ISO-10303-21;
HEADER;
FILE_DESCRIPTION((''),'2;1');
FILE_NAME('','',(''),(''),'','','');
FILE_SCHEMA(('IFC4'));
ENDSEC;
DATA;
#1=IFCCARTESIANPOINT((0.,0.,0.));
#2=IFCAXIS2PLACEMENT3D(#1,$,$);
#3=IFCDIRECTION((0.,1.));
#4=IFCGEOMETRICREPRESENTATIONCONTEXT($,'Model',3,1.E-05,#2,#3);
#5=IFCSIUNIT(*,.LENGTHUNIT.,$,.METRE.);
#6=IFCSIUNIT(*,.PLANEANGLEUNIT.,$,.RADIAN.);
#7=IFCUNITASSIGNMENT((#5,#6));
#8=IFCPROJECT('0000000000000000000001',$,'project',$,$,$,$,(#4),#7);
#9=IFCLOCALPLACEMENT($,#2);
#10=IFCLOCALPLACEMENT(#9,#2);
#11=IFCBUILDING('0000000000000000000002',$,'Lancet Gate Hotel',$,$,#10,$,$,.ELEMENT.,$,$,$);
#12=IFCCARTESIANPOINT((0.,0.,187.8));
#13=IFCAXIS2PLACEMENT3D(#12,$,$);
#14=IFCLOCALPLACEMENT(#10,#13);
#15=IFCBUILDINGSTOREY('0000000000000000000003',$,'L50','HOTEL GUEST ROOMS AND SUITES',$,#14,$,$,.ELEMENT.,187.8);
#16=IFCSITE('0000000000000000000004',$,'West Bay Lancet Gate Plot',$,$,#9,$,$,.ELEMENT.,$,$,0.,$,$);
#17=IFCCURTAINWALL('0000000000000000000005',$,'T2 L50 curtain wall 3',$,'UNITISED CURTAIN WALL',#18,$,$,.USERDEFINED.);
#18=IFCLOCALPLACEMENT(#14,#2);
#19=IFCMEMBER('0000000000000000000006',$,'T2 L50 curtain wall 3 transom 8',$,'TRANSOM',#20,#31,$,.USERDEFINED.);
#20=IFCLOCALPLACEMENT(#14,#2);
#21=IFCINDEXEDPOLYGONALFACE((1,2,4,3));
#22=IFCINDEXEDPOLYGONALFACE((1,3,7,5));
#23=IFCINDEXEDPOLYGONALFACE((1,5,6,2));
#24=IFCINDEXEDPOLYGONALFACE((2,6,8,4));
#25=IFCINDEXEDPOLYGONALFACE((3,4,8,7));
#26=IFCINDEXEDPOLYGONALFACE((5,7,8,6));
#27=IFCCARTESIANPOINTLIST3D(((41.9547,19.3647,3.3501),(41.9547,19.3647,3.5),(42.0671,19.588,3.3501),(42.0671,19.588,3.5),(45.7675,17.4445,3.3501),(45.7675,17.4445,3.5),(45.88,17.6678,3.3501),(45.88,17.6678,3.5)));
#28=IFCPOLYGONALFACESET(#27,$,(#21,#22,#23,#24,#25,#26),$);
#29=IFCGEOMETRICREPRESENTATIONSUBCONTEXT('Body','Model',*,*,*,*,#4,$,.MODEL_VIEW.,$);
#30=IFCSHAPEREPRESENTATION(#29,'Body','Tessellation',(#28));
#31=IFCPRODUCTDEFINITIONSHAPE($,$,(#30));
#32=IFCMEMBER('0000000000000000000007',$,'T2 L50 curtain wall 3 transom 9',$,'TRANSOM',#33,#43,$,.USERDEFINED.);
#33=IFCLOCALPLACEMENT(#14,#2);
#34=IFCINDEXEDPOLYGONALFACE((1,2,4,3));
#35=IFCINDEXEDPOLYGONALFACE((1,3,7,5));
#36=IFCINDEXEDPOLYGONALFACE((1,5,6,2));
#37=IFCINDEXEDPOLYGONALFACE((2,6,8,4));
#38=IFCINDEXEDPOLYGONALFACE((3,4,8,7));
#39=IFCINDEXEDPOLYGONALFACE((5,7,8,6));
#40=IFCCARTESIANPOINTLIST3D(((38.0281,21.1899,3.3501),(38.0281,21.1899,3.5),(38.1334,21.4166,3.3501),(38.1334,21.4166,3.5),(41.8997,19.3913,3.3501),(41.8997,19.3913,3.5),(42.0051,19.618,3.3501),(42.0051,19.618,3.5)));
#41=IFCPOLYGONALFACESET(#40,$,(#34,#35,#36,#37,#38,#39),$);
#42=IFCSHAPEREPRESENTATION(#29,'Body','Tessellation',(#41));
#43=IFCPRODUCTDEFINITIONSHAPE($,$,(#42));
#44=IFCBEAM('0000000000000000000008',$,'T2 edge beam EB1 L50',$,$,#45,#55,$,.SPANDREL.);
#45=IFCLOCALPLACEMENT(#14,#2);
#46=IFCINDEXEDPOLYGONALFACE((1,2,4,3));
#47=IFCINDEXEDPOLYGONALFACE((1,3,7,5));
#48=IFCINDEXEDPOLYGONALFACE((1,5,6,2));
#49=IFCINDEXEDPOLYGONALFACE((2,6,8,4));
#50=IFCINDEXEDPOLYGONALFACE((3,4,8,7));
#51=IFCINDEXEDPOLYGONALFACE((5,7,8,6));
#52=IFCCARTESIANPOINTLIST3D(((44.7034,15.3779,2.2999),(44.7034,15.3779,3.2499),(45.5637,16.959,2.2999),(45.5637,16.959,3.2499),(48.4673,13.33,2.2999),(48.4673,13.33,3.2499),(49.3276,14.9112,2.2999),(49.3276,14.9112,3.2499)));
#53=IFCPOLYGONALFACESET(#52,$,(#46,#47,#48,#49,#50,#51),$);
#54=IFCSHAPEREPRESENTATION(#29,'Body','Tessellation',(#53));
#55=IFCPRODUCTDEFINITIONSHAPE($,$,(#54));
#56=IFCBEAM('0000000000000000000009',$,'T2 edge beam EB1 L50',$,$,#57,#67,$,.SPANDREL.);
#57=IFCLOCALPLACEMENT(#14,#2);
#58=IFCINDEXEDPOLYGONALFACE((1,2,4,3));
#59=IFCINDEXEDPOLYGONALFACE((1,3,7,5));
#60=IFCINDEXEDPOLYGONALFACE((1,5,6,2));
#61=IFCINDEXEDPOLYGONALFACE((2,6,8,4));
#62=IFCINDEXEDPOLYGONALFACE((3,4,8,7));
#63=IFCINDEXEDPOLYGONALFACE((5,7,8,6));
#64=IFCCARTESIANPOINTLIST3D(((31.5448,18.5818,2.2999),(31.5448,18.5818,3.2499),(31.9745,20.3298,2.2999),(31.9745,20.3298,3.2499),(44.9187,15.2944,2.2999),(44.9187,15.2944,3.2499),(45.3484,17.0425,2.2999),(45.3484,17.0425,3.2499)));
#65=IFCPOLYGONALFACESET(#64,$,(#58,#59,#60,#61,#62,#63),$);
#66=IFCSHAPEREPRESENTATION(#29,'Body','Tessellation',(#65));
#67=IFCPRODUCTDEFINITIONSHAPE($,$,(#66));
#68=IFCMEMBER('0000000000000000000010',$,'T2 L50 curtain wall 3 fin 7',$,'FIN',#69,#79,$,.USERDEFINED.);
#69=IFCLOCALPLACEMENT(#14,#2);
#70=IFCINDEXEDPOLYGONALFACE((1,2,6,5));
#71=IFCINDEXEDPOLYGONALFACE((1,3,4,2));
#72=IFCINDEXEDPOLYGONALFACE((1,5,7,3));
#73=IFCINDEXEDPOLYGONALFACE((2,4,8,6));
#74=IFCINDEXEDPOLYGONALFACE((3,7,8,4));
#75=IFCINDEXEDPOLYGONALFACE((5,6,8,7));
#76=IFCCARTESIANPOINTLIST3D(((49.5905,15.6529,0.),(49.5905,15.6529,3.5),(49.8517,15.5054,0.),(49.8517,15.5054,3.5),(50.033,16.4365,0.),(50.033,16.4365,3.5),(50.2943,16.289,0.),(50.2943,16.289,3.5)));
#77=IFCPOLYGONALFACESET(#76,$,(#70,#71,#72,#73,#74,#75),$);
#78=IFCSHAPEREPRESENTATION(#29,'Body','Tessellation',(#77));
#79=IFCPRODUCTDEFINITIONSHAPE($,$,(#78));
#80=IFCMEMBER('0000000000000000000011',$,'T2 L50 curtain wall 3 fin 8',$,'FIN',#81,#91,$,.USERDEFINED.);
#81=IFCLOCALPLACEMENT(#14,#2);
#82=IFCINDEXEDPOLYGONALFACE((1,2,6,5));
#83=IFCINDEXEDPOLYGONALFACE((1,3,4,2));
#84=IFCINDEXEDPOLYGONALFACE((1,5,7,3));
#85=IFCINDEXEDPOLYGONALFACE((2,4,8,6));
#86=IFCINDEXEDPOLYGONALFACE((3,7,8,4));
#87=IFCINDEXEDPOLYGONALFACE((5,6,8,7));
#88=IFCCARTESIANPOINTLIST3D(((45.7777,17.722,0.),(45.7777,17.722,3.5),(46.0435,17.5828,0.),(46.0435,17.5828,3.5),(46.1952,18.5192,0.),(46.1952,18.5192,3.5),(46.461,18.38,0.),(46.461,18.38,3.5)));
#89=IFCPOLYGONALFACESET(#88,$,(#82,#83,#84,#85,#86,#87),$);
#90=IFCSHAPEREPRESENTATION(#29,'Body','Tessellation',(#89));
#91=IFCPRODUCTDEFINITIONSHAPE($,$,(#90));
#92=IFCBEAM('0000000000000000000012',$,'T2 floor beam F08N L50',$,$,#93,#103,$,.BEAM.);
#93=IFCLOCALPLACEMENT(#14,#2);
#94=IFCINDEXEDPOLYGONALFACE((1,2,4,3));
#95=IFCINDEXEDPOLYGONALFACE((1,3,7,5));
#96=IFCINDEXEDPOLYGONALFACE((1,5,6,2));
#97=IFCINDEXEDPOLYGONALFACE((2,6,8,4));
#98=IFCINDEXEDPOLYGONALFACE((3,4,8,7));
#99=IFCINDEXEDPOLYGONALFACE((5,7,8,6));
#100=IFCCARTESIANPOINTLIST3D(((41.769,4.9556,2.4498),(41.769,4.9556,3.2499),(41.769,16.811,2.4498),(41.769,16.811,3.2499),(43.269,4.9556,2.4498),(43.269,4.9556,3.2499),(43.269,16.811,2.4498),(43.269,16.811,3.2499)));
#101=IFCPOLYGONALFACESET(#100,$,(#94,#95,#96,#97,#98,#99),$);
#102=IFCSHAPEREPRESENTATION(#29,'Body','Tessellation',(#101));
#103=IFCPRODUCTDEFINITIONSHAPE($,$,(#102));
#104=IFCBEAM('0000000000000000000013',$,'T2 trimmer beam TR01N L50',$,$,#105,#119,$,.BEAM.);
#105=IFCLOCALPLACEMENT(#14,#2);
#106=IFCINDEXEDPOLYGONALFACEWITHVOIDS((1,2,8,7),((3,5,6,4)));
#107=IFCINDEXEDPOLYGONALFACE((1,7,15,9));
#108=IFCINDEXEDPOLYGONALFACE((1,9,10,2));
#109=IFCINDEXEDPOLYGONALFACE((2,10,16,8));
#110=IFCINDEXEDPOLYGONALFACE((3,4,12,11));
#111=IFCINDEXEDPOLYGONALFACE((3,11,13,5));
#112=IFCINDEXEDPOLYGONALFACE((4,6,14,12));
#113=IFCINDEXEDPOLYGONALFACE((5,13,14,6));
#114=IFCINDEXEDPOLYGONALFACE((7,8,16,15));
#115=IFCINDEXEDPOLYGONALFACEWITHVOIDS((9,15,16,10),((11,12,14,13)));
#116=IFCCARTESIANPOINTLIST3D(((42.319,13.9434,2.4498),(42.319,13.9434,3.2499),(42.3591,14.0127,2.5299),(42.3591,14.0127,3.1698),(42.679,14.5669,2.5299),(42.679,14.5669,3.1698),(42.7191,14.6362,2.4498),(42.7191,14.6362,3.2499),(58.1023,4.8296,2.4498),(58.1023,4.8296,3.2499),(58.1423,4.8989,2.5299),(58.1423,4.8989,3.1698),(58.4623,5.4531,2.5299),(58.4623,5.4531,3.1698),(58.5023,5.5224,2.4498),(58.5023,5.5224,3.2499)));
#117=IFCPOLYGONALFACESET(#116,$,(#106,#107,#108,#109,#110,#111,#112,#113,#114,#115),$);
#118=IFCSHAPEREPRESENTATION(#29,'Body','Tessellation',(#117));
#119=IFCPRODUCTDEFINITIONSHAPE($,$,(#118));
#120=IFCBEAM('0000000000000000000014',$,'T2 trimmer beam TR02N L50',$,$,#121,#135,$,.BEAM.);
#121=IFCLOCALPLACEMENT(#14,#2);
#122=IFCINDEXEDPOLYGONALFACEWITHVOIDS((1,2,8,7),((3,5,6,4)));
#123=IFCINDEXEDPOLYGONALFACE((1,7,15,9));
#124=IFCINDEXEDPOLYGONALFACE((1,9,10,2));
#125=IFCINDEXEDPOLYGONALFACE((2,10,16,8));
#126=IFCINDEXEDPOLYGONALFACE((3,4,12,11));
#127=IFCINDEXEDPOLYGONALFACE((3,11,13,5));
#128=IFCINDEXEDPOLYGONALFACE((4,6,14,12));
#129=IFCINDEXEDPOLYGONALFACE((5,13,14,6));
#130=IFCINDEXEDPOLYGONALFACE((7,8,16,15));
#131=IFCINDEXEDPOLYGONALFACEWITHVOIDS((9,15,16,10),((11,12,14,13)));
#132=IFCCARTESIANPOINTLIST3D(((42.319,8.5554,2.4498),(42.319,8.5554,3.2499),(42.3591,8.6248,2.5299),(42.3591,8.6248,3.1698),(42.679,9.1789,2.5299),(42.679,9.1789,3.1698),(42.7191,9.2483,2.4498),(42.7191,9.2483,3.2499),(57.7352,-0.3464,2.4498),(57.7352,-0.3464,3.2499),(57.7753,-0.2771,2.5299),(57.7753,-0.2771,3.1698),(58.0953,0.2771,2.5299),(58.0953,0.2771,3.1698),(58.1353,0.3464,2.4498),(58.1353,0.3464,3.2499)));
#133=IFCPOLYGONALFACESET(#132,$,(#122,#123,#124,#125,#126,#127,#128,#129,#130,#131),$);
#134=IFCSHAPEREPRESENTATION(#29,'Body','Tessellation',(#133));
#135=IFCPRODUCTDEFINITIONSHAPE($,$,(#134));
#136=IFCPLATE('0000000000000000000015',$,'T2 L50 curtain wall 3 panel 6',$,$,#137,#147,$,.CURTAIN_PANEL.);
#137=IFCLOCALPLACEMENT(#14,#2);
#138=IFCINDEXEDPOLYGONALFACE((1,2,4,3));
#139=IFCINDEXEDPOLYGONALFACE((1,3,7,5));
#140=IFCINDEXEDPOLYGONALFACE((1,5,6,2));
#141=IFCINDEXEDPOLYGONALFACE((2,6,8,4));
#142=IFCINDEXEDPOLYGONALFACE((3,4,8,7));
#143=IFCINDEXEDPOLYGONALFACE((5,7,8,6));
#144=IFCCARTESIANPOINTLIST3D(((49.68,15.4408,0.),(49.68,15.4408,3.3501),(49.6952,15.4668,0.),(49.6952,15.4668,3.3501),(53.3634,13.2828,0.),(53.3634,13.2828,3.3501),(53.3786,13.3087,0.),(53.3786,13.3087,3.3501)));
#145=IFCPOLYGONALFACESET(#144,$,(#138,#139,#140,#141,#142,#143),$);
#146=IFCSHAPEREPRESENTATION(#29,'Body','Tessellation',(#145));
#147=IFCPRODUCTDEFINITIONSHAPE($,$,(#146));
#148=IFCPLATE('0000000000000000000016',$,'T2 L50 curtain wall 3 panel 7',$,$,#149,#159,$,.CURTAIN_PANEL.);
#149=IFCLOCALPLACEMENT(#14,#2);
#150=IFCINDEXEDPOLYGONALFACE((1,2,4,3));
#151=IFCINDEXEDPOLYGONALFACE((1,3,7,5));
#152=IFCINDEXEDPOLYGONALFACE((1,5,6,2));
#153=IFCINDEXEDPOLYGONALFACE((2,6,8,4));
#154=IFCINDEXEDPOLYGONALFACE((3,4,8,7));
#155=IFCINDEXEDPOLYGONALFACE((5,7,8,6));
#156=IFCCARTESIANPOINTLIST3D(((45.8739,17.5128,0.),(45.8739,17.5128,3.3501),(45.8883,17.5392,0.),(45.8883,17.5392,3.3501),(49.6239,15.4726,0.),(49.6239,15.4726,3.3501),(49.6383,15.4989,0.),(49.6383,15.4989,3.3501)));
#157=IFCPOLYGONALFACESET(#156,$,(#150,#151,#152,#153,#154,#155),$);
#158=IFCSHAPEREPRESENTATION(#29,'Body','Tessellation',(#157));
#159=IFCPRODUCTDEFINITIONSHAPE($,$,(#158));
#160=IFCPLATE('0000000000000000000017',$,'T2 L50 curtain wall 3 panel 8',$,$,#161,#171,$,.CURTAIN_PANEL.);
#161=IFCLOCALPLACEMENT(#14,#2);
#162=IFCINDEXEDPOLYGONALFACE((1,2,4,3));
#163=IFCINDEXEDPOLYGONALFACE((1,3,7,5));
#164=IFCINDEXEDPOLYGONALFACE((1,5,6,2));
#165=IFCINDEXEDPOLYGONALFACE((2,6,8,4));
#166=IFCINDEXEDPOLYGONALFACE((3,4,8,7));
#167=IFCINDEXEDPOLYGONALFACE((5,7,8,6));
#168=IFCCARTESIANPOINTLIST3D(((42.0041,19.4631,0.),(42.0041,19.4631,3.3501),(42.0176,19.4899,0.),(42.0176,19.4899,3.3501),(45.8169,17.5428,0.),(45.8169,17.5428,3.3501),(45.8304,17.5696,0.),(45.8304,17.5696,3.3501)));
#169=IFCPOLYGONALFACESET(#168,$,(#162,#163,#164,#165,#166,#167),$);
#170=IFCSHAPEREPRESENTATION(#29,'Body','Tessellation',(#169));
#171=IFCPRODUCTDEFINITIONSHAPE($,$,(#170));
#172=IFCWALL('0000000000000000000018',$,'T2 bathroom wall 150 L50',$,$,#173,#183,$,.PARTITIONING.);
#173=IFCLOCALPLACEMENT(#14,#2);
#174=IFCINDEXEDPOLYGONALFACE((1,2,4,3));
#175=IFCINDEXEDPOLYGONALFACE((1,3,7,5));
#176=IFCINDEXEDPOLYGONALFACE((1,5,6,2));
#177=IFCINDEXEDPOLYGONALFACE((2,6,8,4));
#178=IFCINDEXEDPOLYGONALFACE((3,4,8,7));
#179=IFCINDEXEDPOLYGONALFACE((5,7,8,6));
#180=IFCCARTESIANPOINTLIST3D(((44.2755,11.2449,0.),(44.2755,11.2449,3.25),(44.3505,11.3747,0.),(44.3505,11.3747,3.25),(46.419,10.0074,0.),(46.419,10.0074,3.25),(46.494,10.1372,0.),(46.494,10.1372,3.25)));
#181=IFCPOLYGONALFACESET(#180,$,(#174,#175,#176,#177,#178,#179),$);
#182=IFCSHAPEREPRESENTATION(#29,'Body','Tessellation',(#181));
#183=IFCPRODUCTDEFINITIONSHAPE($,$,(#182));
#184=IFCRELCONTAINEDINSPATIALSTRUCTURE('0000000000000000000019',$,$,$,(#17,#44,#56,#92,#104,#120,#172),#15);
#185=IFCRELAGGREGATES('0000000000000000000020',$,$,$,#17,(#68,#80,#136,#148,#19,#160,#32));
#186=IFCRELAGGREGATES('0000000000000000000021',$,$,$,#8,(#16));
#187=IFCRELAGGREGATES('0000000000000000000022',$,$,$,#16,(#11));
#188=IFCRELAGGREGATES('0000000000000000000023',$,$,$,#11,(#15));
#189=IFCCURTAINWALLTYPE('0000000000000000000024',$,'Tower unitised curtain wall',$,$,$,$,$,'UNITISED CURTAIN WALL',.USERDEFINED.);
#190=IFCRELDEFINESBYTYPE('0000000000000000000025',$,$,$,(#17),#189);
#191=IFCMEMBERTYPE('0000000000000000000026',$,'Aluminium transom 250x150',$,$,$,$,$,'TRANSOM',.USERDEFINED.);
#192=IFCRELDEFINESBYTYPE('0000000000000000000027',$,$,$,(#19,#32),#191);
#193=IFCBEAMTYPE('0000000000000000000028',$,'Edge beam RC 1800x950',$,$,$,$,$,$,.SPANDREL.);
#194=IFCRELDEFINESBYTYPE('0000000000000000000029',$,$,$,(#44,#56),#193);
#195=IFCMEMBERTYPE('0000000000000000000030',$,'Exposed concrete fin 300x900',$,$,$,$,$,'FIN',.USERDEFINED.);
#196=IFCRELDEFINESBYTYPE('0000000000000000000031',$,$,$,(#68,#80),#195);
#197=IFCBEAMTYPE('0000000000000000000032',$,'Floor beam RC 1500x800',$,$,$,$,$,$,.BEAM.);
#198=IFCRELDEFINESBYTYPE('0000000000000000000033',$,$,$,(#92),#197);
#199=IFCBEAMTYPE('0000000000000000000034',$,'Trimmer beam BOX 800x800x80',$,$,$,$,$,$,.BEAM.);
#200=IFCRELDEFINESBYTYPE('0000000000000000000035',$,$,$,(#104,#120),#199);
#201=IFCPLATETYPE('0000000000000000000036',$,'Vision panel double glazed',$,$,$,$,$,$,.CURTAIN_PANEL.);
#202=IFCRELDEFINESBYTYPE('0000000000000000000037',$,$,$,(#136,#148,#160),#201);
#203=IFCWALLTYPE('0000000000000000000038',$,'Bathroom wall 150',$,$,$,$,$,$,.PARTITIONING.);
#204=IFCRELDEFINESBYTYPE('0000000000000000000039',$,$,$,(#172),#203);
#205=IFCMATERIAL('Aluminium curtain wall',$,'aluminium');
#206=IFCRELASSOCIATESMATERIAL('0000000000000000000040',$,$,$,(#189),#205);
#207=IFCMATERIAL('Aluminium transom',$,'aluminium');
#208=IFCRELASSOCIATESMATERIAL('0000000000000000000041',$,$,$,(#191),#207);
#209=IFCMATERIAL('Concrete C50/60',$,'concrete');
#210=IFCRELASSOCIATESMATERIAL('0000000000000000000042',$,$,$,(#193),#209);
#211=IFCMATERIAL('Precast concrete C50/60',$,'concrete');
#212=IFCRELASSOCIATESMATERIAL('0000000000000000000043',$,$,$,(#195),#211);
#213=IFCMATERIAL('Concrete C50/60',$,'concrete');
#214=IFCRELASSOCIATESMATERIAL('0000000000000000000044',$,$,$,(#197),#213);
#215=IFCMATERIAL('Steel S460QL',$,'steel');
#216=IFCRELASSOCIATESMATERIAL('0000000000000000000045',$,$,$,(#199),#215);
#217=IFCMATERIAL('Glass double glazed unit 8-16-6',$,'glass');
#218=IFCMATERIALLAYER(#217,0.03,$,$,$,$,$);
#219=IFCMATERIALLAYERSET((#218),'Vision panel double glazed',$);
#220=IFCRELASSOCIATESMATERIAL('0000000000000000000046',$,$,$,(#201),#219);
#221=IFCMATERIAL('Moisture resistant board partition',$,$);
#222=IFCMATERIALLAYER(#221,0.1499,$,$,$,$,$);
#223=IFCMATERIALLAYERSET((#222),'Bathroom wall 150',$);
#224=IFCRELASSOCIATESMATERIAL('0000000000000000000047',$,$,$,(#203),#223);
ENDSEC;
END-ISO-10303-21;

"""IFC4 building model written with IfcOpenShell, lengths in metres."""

from ifc_helpers import new_model, si_unit, direction, frame, frame_2d, origin, origin_2d, place, context, subcontext, project, spatial, rectangle, hollow_rectangle, extrude, material, layer, layer_set, material_profile, profile_set, type_object, element, aggregate, save


model = new_model("IFC4")

# Units and contexts
model_context = context("Model", 3, precision=1e-05, world=origin(), true_north=direction((0.0, 1.0)))
body_context = subcontext(model_context, "Body", "Model", "MODEL_VIEW")
ifc_project = project(units=[si_unit("LENGTHUNIT", "METRE"), si_unit("PLANEANGLEUNIT", "RADIAN")], contexts=[model_context])

# Site, building, storey
site_placement = place(None, origin())
site = spatial("IfcSite", under=ifc_project, at=site_placement, Name="West Bay Lancet Gate Plot", CompositionType="ELEMENT", RefElevation=0.0)
building_placement = place(site_placement, origin())
building = spatial("IfcBuilding", under=site, at=building_placement, Name="Lancet Gate Hotel", CompositionType="ELEMENT")
storey_placement = place(building_placement, frame((0.0, 0.0, 187.8)))
storey = spatial("IfcBuildingStorey", under=building, at=storey_placement, Name="L50", Description="HOTEL GUEST ROOMS AND SUITES", CompositionType="ELEMENT", Elevation=187.8)

# Curtain wall, members
ifc_material_1 = material(Name="Aluminium curtain wall", Category="aluminium")
curtain_wall_type = type_object("IfcCurtainWallType", Name="Tower unitised curtain wall", ElementType="UNITISED CURTAIN WALL", PredefinedType="USERDEFINED", material=ifc_material_1)
curtain_wall_placement = place(storey_placement, origin())
curtain_wall = element("IfcCurtainWall", 1, at=curtain_wall_placement, inside=storey, type_object=curtain_wall_type, Name="T2 L50 curtain wall 3", ObjectType="UNITISED CURTAIN WALL", PredefinedType="USERDEFINED")
ifc_material_2 = material(Name="Aluminium transom", Category="aluminium")
ifc_material_profile_1 = material_profile(ifc_material_2, rectangle(XDim=0.25, YDim=0.1499, at=origin_2d()), Name="TRANSOM 250x150")
ifc_profile_set_1 = profile_set([ifc_material_profile_1], Name="Aluminium transom")
member_type_1 = type_object("IfcMemberType", Name="Aluminium transom 250x150", ElementType="TRANSOM", PredefinedType="USERDEFINED", material=ifc_profile_set_1)
member_1_placement = place(storey_placement, frame((45.8237, 17.5562, 3.425), z_axis=(-0.893131, 0.449797, 0.0), x_axis=(-0.449797, -0.893131, 0.0)))
member_1 = element("IfcMember", 2, at=member_1_placement, type_object=member_type_1, Name="T2 L50 curtain wall 3 transom 8", ObjectType="TRANSOM", PredefinedType="USERDEFINED", context=body_context, shape_type="SweptSolid", body=[
    extrude(rectangle(XDim=0.25, YDim=0.1499, at=origin_2d()), origin(), (0.0, 0.0, 1.0), 4.269),
])
member_2_placement = place(storey_placement, frame((41.9524, 19.5046, 3.425), z_axis=(-0.906914, 0.421316, 0.0), x_axis=(-0.421316, -0.906914, 0.0)))
member_2 = element("IfcMember", 3, at=member_2_placement, type_object=member_type_1, Name="T2 L50 curtain wall 3 transom 9", ObjectType="TRANSOM", PredefinedType="USERDEFINED", context=body_context, shape_type="SweptSolid", body=[
    extrude(rectangle(XDim=0.25, YDim=0.1499, at=origin_2d()), origin(), (0.0, 0.0, 1.0), 4.269),
])

# Beams
ifc_material_3 = material(Name="Concrete C50/60", Category="concrete")
ifc_material_profile_2 = material_profile(ifc_material_3, rectangle(XDim=1.8, YDim=0.95, at=origin_2d()), Name="RC 1800x950")
ifc_profile_set_2 = profile_set([ifc_material_profile_2], Name="Concrete C50/60")
beam_type_1 = type_object("IfcBeamType", Name="Edge beam RC 1800x950", PredefinedType="SPANDREL", material=ifc_profile_set_2)
beam_1_placement = place(storey_placement, frame((48.8975, 14.1206, 2.7749), z_axis=(-0.878405, 0.477918, 0.0), x_axis=(-0.477918, -0.878405, 0.0)))
element("IfcBeam", 4, at=beam_1_placement, inside=storey, type_object=beam_type_1, Name="T2 edge beam EB1 L50", PredefinedType="SPANDREL", context=body_context, shape_type="SweptSolid", body=[
    extrude(rectangle(XDim=1.8, YDim=0.95, at=origin_2d()), origin(), (0.0, 0.0, 1.0), 4.2849),
])
beam_2_placement = place(storey_placement, frame((45.1335, 16.1685, 2.7749), z_axis=(-0.971093, 0.2387, 0.0), x_axis=(-0.2387, -0.971093, 0.0)))
element("IfcBeam", 5, at=beam_2_placement, inside=storey, type_object=beam_type_1, Name="T2 edge beam EB1 L50", PredefinedType="SPANDREL", context=body_context, shape_type="SweptSolid", body=[
    extrude(rectangle(XDim=1.8, YDim=0.95, at=origin_2d()), origin(), (0.0, 0.0, 1.0), 13.772),
])

# Members
ifc_material_4 = material(Name="Precast concrete C50/60", Category="concrete")
ifc_material_profile_3 = material_profile(ifc_material_4, rectangle(XDim=0.3, YDim=0.8999, at=origin_2d()), Name="FIN 300x900")
ifc_profile_set_3 = profile_set([ifc_material_profile_3], Name="Precast concrete C50/60")
member_type_2 = type_object("IfcMemberType", Name="Exposed concrete fin 300x900", ElementType="FIN", PredefinedType="USERDEFINED", material=ifc_profile_set_3)
member_3_placement = place(storey_placement, frame((49.9424, 15.9709, 0.0), z_axis=(0.0, 0.0, 1.0), x_axis=(-0.870722, 0.491776, 0.0)))
member_3 = element("IfcMember", 6, at=member_3_placement, type_object=member_type_2, Name="T2 L50 curtain wall 3 fin 7", ObjectType="FIN", PredefinedType="USERDEFINED", context=body_context, shape_type="SweptSolid", body=[
    extrude(rectangle(XDim=0.3, YDim=0.8999, at=origin_2d()), origin(), (0.0, 0.0, 1.0), 3.5),
])
member_4_placement = place(storey_placement, frame((46.1194, 18.051, 0.0), z_axis=(0.0, 0.0, 1.0), x_axis=(-0.885877, 0.46392, 0.0)))
member_4 = element("IfcMember", 7, at=member_4_placement, type_object=member_type_2, Name="T2 L50 curtain wall 3 fin 8", ObjectType="FIN", PredefinedType="USERDEFINED", context=body_context, shape_type="SweptSolid", body=[
    extrude(rectangle(XDim=0.3, YDim=0.8999, at=origin_2d()), origin(), (0.0, 0.0, 1.0), 3.5),
])

# Beams
ifc_material_5 = material(Name="Concrete C50/60", Category="concrete")
ifc_material_profile_4 = material_profile(ifc_material_5, rectangle(XDim=1.5, YDim=0.8, at=origin_2d()), Name="RC 1500x800")
ifc_profile_set_4 = profile_set([ifc_material_profile_4], Name="Concrete C50/60")
beam_type_2 = type_object("IfcBeamType", Name="Floor beam RC 1500x800", PredefinedType="BEAM", material=ifc_profile_set_4)
beam_3_placement = place(storey_placement, frame((42.519, 4.9556, 2.8499), z_axis=(0.0, 1.0, 0.0), x_axis=(-1.0, 0.0, 0.0)))
element("IfcBeam", 8, at=beam_3_placement, inside=storey, type_object=beam_type_2, Name="T2 floor beam F08N L50", PredefinedType="BEAM", context=body_context, shape_type="SweptSolid", body=[
    extrude(rectangle(XDim=1.5, YDim=0.8, at=origin_2d()), origin(), (0.0, 0.0, 1.0), 11.8555),
])
ifc_material_6 = material(Name="Steel S460QL", Category="steel")
ifc_material_profile_5 = material_profile(ifc_material_6, hollow_rectangle(XDim=0.8, YDim=0.8, WallThickness=0.0801, at=origin_2d()), Name="BOX 800x800x80")
ifc_profile_set_5 = profile_set([ifc_material_profile_5], Name="Steel S460QL")
beam_type_3 = type_object("IfcBeamType", Name="Trimmer beam BOX 800x800x80", PredefinedType="BEAM", material=ifc_profile_set_5)
beam_4_placement = place(storey_placement, frame((42.519, 14.2898, 2.8499), z_axis=(0.865994, -0.500055, 0.0), x_axis=(0.500055, 0.865994, 0.0)))
element("IfcBeam", 9, at=beam_4_placement, inside=storey, type_object=beam_type_3, Name="T2 trimmer beam TR01N L50", PredefinedType="BEAM", context=body_context, shape_type="SweptSolid", body=[
    extrude(hollow_rectangle(XDim=0.8, YDim=0.8, WallThickness=0.0801, at=origin_2d()), origin(), (0.0, 0.0, 1.0), 18.2256),
])
beam_5_placement = place(storey_placement, frame((42.519, 8.9019, 2.8499), z_axis=(0.865994, -0.500054, 0.0), x_axis=(0.500054, 0.865994, 0.0)))
element("IfcBeam", 10, at=beam_5_placement, inside=storey, type_object=beam_type_3, Name="T2 trimmer beam TR02N L50", PredefinedType="BEAM", context=body_context, shape_type="SweptSolid", body=[
    extrude(hollow_rectangle(XDim=0.8, YDim=0.8, WallThickness=0.0801, at=origin_2d()), origin(), (0.0, 0.0, 1.0), 17.8018),
])

# Plates
ifc_material_7 = material(Name="Glass double glazed unit 8-16-6", Category="glass")
ifc_layer_1 = layer(ifc_material_7, 0.03)
ifc_layer_set_1 = layer_set([ifc_layer_1], Name="Vision panel double glazed")
plate_type = type_object("IfcPlateType", Name="Vision panel double glazed", PredefinedType="CURTAIN_PANEL", material=ifc_layer_set_1)
plate_1_placement = place(storey_placement, frame((51.5293, 14.3748, 0.0), z_axis=(0.0, 0.0, 1.0), x_axis=(-0.862815, 0.50552, 0.0)))
plate_1 = element("IfcPlate", 11, at=plate_1_placement, type_object=plate_type, Name="T2 L50 curtain wall 3 panel 6", PredefinedType="CURTAIN_PANEL", context=body_context, shape_type="SweptSolid", body=[
    extrude(rectangle(XDim=4.269, YDim=0.03, at=origin_2d()), origin(), (0.0, 0.0, 1.0), 3.3501),
])
plate_2_placement = place(storey_placement, frame((47.7561, 16.5059, 0.0), z_axis=(0.0, 0.0, 1.0), x_axis=(-0.87841, 0.477908, 0.0)))
plate_2 = element("IfcPlate", 12, at=plate_2_placement, type_object=plate_type, Name="T2 L50 curtain wall 3 panel 7", PredefinedType="CURTAIN_PANEL", context=body_context, shape_type="SweptSolid", body=[
    extrude(rectangle(XDim=4.269, YDim=0.03, at=origin_2d()), origin(), (0.0, 0.0, 1.0), 3.3501),
])
plate_3_placement = place(storey_placement, frame((43.9172, 18.5164, 0.0), z_axis=(0.0, 0.0, 1.0), x_axis=(-0.893121, 0.449816, 0.0)))
plate_3 = element("IfcPlate", 13, at=plate_3_placement, type_object=plate_type, Name="T2 L50 curtain wall 3 panel 8", PredefinedType="CURTAIN_PANEL", context=body_context, shape_type="SweptSolid", body=[
    extrude(rectangle(XDim=4.269, YDim=0.03, at=origin_2d()), origin(), (0.0, 0.0, 1.0), 3.3501),
])
aggregate(curtain_wall, [member_3, member_4, plate_1, plate_2, member_1, plate_3, member_2])

# Wall
ifc_material_8 = material(Name="Moisture resistant board partition")
ifc_layer_2 = layer(ifc_material_8, 0.1499)
ifc_layer_set_2 = layer_set([ifc_layer_2], Name="Bathroom wall 150")
wall_type_1 = type_object("IfcWallType", Name="Bathroom wall 150", PredefinedType="PARTITIONING", material=ifc_layer_set_2)
wall_1_placement = place(storey_placement, frame((44.313, 11.3098, 0.0), z_axis=(0.0, 0.0, 1.0), x_axis=(0.866031, -0.49999, 0.0)))
element("IfcWall", 14, at=wall_1_placement, inside=storey, type_object=wall_type_1, Name="T2 bathroom wall 150 L50", PredefinedType="PARTITIONING", context=body_context, shape_type="SweptSolid", body=[
    extrude(rectangle(XDim=2.4751, YDim=0.1499, at=frame_2d((1.2375, 0.0))), origin(), (0.0, 0.0, 1.0), 3.25),
])

save(model, "model.ifc")
